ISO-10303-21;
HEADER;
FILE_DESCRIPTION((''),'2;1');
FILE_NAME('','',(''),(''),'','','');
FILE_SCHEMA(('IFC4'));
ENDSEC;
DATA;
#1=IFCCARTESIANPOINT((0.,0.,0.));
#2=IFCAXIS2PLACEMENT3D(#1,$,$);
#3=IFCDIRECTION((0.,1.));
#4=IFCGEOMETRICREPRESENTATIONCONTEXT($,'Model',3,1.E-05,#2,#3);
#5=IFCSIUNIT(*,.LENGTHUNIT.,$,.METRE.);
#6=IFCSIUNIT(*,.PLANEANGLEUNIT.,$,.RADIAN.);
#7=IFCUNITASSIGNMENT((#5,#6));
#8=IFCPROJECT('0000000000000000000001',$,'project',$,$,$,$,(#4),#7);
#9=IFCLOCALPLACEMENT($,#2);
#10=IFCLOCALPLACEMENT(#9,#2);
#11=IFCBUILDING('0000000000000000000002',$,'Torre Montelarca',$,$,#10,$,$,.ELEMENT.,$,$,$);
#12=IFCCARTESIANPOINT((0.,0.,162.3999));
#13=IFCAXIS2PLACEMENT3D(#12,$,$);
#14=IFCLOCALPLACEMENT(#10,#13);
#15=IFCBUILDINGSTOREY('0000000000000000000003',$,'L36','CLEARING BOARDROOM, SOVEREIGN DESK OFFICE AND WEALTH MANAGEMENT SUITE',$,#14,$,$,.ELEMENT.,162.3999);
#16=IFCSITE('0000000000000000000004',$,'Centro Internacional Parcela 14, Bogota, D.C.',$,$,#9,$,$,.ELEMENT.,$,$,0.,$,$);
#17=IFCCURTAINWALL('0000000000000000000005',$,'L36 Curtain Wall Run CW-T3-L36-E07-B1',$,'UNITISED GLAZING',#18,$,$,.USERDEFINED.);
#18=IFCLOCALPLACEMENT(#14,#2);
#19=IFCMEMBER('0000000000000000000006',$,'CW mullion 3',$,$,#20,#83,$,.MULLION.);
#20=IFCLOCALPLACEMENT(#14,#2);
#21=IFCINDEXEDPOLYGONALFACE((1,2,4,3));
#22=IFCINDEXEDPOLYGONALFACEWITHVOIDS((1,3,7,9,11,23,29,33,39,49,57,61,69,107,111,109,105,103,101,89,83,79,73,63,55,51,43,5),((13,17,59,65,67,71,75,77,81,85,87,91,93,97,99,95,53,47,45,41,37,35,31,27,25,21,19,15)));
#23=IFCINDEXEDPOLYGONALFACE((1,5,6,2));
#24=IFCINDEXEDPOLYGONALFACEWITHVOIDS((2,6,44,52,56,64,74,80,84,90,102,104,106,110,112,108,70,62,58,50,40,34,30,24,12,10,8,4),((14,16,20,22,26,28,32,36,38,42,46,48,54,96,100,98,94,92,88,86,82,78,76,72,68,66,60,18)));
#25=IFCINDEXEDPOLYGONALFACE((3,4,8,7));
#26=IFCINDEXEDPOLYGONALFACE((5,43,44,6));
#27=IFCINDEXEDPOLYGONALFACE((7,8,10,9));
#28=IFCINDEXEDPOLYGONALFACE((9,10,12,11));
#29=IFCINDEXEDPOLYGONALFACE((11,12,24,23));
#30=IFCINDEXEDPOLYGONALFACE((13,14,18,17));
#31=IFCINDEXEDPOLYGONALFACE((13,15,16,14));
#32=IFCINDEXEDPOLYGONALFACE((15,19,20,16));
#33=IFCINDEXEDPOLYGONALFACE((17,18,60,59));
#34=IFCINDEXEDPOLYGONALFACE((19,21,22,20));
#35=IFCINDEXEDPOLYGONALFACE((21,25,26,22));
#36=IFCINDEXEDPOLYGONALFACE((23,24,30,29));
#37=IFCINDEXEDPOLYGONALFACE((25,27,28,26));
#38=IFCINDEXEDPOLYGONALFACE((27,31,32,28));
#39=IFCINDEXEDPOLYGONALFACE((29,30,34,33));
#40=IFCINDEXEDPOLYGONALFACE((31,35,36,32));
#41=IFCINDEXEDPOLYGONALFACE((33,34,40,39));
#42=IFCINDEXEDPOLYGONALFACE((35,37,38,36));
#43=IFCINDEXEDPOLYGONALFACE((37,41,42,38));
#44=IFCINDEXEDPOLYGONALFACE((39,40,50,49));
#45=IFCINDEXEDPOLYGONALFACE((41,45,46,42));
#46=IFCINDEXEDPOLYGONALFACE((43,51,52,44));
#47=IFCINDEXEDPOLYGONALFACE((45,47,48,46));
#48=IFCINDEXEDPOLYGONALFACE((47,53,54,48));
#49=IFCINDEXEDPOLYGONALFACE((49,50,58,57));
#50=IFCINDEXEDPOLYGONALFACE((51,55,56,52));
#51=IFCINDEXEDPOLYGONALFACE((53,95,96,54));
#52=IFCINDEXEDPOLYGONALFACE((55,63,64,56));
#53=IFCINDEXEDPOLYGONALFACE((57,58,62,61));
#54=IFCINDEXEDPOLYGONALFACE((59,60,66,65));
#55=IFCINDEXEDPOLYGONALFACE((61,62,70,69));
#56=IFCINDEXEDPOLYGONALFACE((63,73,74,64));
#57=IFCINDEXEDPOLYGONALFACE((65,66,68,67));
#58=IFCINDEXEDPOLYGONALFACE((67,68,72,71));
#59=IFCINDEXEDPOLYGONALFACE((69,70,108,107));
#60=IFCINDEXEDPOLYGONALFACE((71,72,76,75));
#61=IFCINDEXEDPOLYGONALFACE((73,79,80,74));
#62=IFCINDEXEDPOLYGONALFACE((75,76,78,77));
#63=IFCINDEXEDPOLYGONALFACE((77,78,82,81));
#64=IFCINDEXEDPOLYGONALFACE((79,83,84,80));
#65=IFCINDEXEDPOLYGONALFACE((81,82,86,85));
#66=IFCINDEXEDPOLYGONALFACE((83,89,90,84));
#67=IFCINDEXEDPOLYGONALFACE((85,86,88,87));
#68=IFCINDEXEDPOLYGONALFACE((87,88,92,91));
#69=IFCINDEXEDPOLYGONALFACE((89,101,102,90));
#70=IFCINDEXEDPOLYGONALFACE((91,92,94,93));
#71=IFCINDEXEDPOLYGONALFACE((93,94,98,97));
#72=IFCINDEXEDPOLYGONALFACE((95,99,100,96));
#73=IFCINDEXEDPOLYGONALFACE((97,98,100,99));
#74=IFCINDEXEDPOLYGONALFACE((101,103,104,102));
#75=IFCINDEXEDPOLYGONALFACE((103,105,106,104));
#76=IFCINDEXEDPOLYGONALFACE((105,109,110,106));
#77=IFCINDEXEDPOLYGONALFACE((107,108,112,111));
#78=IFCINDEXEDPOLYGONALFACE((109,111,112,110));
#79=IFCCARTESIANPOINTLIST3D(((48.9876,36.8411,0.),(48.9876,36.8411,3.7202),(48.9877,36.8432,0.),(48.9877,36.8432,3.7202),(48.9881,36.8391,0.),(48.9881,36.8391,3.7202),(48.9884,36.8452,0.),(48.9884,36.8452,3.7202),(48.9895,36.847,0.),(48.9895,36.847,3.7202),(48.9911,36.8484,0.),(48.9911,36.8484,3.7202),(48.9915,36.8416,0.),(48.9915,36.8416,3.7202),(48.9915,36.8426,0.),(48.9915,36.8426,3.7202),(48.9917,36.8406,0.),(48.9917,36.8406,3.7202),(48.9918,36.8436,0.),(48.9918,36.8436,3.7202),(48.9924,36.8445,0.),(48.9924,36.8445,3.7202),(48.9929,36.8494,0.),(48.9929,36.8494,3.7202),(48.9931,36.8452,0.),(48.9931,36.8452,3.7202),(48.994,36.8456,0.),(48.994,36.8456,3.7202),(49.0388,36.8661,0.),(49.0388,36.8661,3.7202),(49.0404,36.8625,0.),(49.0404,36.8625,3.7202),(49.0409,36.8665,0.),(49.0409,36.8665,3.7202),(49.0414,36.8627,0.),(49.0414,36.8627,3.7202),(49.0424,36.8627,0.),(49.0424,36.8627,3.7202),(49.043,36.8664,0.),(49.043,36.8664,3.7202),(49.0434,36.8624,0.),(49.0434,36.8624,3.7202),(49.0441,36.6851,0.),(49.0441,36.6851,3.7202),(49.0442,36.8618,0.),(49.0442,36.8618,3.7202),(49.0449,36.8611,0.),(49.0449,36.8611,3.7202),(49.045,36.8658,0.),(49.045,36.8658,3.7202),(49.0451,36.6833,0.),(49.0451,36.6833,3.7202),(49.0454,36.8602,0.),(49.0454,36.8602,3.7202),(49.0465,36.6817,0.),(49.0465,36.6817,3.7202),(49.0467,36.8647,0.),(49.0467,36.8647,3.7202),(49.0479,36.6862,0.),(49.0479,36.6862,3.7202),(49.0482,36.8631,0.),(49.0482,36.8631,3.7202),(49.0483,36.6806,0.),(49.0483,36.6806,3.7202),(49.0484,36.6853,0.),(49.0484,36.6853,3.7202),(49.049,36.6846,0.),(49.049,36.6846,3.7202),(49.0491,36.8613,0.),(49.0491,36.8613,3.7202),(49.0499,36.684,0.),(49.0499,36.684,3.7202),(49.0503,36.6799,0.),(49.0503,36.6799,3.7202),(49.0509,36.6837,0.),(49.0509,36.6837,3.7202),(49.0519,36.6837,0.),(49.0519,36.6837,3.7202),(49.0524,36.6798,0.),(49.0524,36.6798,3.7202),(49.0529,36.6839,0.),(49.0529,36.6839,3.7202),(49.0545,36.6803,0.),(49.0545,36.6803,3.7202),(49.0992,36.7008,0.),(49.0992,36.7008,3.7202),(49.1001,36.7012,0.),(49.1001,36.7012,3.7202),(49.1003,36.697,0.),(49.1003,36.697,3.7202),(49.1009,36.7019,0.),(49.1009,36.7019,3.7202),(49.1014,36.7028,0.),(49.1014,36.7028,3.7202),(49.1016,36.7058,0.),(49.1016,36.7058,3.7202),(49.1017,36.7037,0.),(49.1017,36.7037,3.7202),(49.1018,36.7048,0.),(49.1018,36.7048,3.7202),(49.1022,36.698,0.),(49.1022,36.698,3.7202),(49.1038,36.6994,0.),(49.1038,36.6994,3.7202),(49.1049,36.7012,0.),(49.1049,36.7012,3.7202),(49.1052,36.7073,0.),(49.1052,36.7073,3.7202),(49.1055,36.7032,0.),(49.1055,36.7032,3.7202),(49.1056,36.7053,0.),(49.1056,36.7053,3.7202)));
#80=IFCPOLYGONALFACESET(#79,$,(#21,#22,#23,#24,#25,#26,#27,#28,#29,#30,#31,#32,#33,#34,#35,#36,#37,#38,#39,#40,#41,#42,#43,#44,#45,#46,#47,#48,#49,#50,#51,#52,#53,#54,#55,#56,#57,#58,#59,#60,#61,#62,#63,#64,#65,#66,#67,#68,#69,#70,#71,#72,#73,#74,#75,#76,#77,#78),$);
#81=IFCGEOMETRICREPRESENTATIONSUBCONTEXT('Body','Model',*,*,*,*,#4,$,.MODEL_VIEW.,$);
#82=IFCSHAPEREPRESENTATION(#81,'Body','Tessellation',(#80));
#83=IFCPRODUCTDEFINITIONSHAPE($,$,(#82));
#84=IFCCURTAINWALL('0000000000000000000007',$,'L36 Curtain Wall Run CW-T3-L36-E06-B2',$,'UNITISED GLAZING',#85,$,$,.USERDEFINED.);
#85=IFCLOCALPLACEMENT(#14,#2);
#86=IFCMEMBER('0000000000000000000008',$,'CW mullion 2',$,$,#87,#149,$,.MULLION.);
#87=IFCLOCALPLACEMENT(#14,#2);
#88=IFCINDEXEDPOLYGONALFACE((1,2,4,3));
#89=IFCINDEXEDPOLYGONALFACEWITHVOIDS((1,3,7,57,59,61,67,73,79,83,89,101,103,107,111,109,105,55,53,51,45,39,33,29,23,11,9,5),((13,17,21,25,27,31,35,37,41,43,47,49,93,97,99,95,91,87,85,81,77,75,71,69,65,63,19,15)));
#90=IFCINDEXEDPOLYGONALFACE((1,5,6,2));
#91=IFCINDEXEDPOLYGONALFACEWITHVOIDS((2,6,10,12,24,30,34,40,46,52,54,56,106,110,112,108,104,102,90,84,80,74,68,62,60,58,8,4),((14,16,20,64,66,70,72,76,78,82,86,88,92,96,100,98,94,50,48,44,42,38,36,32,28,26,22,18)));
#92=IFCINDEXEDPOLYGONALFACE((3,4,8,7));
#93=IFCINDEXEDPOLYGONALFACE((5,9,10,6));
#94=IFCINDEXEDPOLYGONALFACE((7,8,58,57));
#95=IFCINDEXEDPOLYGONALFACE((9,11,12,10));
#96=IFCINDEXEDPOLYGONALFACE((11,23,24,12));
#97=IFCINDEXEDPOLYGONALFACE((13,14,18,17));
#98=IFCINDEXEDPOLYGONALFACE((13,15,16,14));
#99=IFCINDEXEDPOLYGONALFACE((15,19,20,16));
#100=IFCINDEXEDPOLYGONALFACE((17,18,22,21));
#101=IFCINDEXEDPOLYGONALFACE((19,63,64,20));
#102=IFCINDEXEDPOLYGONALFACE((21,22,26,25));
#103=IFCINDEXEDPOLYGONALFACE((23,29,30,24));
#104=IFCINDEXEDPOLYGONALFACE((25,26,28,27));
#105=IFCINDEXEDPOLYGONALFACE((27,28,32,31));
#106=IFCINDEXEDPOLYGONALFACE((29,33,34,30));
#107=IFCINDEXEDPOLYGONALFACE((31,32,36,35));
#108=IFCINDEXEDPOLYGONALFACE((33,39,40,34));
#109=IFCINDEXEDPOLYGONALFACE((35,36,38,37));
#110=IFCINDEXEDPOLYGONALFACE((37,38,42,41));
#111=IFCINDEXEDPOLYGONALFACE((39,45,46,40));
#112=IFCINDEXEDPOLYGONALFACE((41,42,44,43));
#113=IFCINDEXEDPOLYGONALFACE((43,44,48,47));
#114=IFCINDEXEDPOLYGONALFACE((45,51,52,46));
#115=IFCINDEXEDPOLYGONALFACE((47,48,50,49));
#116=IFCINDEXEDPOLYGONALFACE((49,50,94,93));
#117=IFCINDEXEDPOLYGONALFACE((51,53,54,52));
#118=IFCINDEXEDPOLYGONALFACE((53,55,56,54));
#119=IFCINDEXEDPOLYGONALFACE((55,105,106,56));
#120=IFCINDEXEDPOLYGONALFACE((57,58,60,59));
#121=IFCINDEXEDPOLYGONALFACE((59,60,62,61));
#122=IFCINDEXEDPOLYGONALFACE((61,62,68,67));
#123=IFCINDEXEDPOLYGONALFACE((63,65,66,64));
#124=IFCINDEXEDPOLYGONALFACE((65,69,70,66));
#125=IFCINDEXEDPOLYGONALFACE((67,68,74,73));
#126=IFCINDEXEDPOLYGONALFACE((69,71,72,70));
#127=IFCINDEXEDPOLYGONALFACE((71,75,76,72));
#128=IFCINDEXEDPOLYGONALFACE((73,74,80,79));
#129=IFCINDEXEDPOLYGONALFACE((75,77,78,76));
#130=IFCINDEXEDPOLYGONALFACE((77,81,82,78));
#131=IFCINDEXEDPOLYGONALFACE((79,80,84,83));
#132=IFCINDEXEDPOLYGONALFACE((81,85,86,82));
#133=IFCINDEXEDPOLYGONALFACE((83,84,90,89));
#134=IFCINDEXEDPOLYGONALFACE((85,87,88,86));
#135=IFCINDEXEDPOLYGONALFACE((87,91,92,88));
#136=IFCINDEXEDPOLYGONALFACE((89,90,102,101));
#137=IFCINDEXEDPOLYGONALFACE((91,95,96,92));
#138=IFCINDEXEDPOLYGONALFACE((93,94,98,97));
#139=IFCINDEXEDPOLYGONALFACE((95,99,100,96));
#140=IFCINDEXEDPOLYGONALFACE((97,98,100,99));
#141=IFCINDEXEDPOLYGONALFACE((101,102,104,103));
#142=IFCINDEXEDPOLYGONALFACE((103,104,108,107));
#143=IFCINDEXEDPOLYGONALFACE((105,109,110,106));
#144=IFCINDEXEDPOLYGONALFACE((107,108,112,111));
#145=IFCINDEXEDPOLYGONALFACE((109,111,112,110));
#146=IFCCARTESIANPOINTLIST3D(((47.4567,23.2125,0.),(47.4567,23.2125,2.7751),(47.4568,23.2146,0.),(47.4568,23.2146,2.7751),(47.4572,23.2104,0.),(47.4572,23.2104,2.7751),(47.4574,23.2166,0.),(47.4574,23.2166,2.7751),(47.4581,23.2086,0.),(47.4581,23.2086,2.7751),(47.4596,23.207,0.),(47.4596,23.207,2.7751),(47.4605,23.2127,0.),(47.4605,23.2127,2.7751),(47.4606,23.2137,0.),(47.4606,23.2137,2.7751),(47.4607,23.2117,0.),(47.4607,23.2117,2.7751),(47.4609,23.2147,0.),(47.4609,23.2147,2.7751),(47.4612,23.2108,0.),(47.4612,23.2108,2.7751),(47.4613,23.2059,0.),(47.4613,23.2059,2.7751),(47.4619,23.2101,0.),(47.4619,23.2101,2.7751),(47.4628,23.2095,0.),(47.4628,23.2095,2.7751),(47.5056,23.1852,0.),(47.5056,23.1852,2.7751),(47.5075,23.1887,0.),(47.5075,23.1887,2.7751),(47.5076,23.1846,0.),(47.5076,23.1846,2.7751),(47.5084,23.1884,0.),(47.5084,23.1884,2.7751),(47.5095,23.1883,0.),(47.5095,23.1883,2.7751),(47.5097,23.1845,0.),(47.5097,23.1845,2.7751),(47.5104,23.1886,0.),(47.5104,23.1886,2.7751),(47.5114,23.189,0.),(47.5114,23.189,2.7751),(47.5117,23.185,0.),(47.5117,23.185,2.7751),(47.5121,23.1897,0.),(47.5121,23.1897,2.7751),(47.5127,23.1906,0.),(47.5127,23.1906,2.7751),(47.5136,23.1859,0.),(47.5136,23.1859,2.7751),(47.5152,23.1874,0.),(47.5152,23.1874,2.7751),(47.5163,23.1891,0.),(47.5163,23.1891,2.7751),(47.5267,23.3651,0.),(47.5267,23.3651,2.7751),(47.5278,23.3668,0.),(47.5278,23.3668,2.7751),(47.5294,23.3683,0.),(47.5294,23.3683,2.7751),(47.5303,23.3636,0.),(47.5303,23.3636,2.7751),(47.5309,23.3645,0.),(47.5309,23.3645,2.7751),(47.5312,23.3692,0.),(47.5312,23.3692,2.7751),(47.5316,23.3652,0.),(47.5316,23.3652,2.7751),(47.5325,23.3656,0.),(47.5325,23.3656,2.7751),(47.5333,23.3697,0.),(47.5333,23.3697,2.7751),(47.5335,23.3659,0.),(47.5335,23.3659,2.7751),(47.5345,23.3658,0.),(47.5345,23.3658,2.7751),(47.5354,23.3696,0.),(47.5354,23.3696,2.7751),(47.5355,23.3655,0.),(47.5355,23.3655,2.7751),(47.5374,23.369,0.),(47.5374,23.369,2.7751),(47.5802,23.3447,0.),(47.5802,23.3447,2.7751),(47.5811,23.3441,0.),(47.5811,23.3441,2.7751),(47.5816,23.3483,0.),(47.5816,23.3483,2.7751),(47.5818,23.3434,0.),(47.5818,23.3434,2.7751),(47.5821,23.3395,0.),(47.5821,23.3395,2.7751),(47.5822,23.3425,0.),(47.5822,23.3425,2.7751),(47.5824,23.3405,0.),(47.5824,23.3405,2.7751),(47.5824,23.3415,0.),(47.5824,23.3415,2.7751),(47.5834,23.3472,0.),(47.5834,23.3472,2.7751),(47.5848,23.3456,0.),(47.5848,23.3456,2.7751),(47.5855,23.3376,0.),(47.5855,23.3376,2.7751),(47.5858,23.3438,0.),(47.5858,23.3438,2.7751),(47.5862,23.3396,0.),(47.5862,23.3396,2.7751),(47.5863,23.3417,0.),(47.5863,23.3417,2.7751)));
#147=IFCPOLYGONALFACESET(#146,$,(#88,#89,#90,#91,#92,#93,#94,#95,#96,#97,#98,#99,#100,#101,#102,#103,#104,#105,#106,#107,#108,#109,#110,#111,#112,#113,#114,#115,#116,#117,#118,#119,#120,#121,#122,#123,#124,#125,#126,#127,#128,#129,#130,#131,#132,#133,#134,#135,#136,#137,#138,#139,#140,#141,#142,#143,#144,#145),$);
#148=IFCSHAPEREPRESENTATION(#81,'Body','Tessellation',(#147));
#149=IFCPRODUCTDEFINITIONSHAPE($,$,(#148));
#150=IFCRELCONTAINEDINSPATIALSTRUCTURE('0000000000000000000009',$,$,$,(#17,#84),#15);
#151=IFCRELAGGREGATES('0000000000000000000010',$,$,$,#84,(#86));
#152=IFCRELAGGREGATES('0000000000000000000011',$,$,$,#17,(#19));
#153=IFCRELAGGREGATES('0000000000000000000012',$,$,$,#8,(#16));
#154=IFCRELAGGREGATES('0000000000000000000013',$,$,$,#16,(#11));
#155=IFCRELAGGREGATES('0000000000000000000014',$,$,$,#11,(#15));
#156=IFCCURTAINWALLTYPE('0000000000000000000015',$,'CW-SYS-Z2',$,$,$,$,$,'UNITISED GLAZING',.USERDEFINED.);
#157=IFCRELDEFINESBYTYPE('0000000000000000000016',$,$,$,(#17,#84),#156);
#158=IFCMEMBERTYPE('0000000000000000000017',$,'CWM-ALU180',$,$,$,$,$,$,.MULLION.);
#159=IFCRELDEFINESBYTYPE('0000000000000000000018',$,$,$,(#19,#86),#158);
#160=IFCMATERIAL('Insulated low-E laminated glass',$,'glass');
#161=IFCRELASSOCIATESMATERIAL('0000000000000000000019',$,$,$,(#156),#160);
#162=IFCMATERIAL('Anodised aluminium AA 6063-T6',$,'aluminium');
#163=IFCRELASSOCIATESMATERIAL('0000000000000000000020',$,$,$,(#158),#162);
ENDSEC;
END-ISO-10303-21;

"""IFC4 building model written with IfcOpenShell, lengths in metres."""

from ifc_helpers import new_model, si_unit, direction, frame, origin, origin_2d, place, context, subcontext, project, spatial, hollow_rectangle, extrude, source, transform, mapped, material, material_profile, profile_set, type_object, element, aggregate, save


model = new_model("IFC4")

# Units and contexts
model_context = context("Model", 3, precision=1e-05, world=origin(), true_north=direction((0.0, 1.0)))
body_context = subcontext(model_context, "Body", "Model", "MODEL_VIEW")
ifc_project = project(units=[si_unit("LENGTHUNIT", "METRE"), si_unit("PLANEANGLEUNIT", "RADIAN")], contexts=[model_context])

# Site, building, storey
site_placement = place(None, origin())
site = spatial("IfcSite", under=ifc_project, at=site_placement, Name="Centro Internacional Parcela 14, Bogota, D.C.", CompositionType="ELEMENT", RefElevation=0.0)
building_placement = place(site_placement, origin())
building = spatial("IfcBuilding", under=site, at=building_placement, Name="Torre Montelarca", CompositionType="ELEMENT")
storey_placement = place(building_placement, frame((0.0, 0.0, 162.3999)))
storey = spatial("IfcBuildingStorey", under=building, at=storey_placement, Name="L36", Description="CLEARING BOARDROOM, SOVEREIGN DESK OFFICE AND WEALTH MANAGEMENT SUITE", CompositionType="ELEMENT", Elevation=162.3999)

# Curtain walls, members
ifc_material_1 = material(Name="Insulated low-E laminated glass", Category="glass")
curtain_wall_type = type_object("IfcCurtainWallType", Name="CW-SYS-Z2", ElementType="UNITISED GLAZING", PredefinedType="USERDEFINED", material=ifc_material_1)
curtain_wall_1_placement = place(storey_placement, origin())
curtain_wall_1 = element("IfcCurtainWall", 1, at=curtain_wall_1_placement, inside=storey, type_object=curtain_wall_type, Name="L36 Curtain Wall Run CW-T3-L36-E07-B1", ObjectType="UNITISED GLAZING", PredefinedType="USERDEFINED")
ifc_material_2 = material(Name="Anodised aluminium AA 6063-T6", Category="aluminium")
ifc_material_profile_1 = material_profile(ifc_material_2, hollow_rectangle(XDim=0.0649, YDim=0.1799, WallThickness=0.0039, InnerFilletRadius=0.0039, OuterFilletRadius=0.0081, at=origin_2d()), Name="ALU65X180X4", Category="aluminium")
ifc_profile_set_1 = profile_set([ifc_material_profile_1], Name="Anodised aluminium AA 6063-T6")
member_type_1 = type_object("IfcMemberType", Name="CWM-ALU180", PredefinedType="MULLION", material=ifc_profile_set_1)
shared_shape_1 = source(origin(), body_context, "Body", "SweptSolid", [
    extrude(hollow_rectangle(XDim=0.0649, YDim=0.1799, WallThickness=0.0039, InnerFilletRadius=0.0039, OuterFilletRadius=0.0081, at=origin_2d()), origin(), (0.0, 0.0, 1.0), 3.7202),
])
member_1_placement = place(storey_placement, frame((49.0466, 36.7732, 0.0), z_axis=(0.0, 0.0, 1.0), x_axis=(-0.939692, -0.342021, 0.0)))
member_1 = element("IfcMember", 2, at=member_1_placement, type_object=member_type_1, Name="CW mullion 3", PredefinedType="MULLION", context=body_context, shape_type="MappedRepresentation", body=[
    mapped(shared_shape_1, transform((0.0, 0.0, 0.0), scale=1.0)),
])
curtain_wall_2_placement = place(storey_placement, origin())
curtain_wall_2 = element("IfcCurtainWall", 3, at=curtain_wall_2_placement, inside=storey, type_object=curtain_wall_type, Name="L36 Curtain Wall Run CW-T3-L36-E06-B2", ObjectType="UNITISED GLAZING", PredefinedType="USERDEFINED")
shared_shape_2 = source(origin(), body_context, "Body", "SweptSolid", [
    extrude(hollow_rectangle(XDim=0.0649, YDim=0.1799, WallThickness=0.0039, InnerFilletRadius=0.0039, OuterFilletRadius=0.0081, at=origin_2d()), origin(), (0.0, 0.0, 1.0), 2.7751),
])
member_2_placement = place(storey_placement, frame((47.5215, 23.2771, 0.0), z_axis=(0.0, 0.0, 1.0), x_axis=(-0.906301, 0.422632, 0.0)))
member_2 = element("IfcMember", 4, at=member_2_placement, type_object=member_type_1, Name="CW mullion 2", PredefinedType="MULLION", context=body_context, shape_type="MappedRepresentation", body=[
    mapped(shared_shape_2, transform((0.0, 0.0, 0.0), scale=1.0)),
])

aggregate(curtain_wall_2, [member_2])
aggregate(curtain_wall_1, [member_1])

save(model, "model.ifc")
